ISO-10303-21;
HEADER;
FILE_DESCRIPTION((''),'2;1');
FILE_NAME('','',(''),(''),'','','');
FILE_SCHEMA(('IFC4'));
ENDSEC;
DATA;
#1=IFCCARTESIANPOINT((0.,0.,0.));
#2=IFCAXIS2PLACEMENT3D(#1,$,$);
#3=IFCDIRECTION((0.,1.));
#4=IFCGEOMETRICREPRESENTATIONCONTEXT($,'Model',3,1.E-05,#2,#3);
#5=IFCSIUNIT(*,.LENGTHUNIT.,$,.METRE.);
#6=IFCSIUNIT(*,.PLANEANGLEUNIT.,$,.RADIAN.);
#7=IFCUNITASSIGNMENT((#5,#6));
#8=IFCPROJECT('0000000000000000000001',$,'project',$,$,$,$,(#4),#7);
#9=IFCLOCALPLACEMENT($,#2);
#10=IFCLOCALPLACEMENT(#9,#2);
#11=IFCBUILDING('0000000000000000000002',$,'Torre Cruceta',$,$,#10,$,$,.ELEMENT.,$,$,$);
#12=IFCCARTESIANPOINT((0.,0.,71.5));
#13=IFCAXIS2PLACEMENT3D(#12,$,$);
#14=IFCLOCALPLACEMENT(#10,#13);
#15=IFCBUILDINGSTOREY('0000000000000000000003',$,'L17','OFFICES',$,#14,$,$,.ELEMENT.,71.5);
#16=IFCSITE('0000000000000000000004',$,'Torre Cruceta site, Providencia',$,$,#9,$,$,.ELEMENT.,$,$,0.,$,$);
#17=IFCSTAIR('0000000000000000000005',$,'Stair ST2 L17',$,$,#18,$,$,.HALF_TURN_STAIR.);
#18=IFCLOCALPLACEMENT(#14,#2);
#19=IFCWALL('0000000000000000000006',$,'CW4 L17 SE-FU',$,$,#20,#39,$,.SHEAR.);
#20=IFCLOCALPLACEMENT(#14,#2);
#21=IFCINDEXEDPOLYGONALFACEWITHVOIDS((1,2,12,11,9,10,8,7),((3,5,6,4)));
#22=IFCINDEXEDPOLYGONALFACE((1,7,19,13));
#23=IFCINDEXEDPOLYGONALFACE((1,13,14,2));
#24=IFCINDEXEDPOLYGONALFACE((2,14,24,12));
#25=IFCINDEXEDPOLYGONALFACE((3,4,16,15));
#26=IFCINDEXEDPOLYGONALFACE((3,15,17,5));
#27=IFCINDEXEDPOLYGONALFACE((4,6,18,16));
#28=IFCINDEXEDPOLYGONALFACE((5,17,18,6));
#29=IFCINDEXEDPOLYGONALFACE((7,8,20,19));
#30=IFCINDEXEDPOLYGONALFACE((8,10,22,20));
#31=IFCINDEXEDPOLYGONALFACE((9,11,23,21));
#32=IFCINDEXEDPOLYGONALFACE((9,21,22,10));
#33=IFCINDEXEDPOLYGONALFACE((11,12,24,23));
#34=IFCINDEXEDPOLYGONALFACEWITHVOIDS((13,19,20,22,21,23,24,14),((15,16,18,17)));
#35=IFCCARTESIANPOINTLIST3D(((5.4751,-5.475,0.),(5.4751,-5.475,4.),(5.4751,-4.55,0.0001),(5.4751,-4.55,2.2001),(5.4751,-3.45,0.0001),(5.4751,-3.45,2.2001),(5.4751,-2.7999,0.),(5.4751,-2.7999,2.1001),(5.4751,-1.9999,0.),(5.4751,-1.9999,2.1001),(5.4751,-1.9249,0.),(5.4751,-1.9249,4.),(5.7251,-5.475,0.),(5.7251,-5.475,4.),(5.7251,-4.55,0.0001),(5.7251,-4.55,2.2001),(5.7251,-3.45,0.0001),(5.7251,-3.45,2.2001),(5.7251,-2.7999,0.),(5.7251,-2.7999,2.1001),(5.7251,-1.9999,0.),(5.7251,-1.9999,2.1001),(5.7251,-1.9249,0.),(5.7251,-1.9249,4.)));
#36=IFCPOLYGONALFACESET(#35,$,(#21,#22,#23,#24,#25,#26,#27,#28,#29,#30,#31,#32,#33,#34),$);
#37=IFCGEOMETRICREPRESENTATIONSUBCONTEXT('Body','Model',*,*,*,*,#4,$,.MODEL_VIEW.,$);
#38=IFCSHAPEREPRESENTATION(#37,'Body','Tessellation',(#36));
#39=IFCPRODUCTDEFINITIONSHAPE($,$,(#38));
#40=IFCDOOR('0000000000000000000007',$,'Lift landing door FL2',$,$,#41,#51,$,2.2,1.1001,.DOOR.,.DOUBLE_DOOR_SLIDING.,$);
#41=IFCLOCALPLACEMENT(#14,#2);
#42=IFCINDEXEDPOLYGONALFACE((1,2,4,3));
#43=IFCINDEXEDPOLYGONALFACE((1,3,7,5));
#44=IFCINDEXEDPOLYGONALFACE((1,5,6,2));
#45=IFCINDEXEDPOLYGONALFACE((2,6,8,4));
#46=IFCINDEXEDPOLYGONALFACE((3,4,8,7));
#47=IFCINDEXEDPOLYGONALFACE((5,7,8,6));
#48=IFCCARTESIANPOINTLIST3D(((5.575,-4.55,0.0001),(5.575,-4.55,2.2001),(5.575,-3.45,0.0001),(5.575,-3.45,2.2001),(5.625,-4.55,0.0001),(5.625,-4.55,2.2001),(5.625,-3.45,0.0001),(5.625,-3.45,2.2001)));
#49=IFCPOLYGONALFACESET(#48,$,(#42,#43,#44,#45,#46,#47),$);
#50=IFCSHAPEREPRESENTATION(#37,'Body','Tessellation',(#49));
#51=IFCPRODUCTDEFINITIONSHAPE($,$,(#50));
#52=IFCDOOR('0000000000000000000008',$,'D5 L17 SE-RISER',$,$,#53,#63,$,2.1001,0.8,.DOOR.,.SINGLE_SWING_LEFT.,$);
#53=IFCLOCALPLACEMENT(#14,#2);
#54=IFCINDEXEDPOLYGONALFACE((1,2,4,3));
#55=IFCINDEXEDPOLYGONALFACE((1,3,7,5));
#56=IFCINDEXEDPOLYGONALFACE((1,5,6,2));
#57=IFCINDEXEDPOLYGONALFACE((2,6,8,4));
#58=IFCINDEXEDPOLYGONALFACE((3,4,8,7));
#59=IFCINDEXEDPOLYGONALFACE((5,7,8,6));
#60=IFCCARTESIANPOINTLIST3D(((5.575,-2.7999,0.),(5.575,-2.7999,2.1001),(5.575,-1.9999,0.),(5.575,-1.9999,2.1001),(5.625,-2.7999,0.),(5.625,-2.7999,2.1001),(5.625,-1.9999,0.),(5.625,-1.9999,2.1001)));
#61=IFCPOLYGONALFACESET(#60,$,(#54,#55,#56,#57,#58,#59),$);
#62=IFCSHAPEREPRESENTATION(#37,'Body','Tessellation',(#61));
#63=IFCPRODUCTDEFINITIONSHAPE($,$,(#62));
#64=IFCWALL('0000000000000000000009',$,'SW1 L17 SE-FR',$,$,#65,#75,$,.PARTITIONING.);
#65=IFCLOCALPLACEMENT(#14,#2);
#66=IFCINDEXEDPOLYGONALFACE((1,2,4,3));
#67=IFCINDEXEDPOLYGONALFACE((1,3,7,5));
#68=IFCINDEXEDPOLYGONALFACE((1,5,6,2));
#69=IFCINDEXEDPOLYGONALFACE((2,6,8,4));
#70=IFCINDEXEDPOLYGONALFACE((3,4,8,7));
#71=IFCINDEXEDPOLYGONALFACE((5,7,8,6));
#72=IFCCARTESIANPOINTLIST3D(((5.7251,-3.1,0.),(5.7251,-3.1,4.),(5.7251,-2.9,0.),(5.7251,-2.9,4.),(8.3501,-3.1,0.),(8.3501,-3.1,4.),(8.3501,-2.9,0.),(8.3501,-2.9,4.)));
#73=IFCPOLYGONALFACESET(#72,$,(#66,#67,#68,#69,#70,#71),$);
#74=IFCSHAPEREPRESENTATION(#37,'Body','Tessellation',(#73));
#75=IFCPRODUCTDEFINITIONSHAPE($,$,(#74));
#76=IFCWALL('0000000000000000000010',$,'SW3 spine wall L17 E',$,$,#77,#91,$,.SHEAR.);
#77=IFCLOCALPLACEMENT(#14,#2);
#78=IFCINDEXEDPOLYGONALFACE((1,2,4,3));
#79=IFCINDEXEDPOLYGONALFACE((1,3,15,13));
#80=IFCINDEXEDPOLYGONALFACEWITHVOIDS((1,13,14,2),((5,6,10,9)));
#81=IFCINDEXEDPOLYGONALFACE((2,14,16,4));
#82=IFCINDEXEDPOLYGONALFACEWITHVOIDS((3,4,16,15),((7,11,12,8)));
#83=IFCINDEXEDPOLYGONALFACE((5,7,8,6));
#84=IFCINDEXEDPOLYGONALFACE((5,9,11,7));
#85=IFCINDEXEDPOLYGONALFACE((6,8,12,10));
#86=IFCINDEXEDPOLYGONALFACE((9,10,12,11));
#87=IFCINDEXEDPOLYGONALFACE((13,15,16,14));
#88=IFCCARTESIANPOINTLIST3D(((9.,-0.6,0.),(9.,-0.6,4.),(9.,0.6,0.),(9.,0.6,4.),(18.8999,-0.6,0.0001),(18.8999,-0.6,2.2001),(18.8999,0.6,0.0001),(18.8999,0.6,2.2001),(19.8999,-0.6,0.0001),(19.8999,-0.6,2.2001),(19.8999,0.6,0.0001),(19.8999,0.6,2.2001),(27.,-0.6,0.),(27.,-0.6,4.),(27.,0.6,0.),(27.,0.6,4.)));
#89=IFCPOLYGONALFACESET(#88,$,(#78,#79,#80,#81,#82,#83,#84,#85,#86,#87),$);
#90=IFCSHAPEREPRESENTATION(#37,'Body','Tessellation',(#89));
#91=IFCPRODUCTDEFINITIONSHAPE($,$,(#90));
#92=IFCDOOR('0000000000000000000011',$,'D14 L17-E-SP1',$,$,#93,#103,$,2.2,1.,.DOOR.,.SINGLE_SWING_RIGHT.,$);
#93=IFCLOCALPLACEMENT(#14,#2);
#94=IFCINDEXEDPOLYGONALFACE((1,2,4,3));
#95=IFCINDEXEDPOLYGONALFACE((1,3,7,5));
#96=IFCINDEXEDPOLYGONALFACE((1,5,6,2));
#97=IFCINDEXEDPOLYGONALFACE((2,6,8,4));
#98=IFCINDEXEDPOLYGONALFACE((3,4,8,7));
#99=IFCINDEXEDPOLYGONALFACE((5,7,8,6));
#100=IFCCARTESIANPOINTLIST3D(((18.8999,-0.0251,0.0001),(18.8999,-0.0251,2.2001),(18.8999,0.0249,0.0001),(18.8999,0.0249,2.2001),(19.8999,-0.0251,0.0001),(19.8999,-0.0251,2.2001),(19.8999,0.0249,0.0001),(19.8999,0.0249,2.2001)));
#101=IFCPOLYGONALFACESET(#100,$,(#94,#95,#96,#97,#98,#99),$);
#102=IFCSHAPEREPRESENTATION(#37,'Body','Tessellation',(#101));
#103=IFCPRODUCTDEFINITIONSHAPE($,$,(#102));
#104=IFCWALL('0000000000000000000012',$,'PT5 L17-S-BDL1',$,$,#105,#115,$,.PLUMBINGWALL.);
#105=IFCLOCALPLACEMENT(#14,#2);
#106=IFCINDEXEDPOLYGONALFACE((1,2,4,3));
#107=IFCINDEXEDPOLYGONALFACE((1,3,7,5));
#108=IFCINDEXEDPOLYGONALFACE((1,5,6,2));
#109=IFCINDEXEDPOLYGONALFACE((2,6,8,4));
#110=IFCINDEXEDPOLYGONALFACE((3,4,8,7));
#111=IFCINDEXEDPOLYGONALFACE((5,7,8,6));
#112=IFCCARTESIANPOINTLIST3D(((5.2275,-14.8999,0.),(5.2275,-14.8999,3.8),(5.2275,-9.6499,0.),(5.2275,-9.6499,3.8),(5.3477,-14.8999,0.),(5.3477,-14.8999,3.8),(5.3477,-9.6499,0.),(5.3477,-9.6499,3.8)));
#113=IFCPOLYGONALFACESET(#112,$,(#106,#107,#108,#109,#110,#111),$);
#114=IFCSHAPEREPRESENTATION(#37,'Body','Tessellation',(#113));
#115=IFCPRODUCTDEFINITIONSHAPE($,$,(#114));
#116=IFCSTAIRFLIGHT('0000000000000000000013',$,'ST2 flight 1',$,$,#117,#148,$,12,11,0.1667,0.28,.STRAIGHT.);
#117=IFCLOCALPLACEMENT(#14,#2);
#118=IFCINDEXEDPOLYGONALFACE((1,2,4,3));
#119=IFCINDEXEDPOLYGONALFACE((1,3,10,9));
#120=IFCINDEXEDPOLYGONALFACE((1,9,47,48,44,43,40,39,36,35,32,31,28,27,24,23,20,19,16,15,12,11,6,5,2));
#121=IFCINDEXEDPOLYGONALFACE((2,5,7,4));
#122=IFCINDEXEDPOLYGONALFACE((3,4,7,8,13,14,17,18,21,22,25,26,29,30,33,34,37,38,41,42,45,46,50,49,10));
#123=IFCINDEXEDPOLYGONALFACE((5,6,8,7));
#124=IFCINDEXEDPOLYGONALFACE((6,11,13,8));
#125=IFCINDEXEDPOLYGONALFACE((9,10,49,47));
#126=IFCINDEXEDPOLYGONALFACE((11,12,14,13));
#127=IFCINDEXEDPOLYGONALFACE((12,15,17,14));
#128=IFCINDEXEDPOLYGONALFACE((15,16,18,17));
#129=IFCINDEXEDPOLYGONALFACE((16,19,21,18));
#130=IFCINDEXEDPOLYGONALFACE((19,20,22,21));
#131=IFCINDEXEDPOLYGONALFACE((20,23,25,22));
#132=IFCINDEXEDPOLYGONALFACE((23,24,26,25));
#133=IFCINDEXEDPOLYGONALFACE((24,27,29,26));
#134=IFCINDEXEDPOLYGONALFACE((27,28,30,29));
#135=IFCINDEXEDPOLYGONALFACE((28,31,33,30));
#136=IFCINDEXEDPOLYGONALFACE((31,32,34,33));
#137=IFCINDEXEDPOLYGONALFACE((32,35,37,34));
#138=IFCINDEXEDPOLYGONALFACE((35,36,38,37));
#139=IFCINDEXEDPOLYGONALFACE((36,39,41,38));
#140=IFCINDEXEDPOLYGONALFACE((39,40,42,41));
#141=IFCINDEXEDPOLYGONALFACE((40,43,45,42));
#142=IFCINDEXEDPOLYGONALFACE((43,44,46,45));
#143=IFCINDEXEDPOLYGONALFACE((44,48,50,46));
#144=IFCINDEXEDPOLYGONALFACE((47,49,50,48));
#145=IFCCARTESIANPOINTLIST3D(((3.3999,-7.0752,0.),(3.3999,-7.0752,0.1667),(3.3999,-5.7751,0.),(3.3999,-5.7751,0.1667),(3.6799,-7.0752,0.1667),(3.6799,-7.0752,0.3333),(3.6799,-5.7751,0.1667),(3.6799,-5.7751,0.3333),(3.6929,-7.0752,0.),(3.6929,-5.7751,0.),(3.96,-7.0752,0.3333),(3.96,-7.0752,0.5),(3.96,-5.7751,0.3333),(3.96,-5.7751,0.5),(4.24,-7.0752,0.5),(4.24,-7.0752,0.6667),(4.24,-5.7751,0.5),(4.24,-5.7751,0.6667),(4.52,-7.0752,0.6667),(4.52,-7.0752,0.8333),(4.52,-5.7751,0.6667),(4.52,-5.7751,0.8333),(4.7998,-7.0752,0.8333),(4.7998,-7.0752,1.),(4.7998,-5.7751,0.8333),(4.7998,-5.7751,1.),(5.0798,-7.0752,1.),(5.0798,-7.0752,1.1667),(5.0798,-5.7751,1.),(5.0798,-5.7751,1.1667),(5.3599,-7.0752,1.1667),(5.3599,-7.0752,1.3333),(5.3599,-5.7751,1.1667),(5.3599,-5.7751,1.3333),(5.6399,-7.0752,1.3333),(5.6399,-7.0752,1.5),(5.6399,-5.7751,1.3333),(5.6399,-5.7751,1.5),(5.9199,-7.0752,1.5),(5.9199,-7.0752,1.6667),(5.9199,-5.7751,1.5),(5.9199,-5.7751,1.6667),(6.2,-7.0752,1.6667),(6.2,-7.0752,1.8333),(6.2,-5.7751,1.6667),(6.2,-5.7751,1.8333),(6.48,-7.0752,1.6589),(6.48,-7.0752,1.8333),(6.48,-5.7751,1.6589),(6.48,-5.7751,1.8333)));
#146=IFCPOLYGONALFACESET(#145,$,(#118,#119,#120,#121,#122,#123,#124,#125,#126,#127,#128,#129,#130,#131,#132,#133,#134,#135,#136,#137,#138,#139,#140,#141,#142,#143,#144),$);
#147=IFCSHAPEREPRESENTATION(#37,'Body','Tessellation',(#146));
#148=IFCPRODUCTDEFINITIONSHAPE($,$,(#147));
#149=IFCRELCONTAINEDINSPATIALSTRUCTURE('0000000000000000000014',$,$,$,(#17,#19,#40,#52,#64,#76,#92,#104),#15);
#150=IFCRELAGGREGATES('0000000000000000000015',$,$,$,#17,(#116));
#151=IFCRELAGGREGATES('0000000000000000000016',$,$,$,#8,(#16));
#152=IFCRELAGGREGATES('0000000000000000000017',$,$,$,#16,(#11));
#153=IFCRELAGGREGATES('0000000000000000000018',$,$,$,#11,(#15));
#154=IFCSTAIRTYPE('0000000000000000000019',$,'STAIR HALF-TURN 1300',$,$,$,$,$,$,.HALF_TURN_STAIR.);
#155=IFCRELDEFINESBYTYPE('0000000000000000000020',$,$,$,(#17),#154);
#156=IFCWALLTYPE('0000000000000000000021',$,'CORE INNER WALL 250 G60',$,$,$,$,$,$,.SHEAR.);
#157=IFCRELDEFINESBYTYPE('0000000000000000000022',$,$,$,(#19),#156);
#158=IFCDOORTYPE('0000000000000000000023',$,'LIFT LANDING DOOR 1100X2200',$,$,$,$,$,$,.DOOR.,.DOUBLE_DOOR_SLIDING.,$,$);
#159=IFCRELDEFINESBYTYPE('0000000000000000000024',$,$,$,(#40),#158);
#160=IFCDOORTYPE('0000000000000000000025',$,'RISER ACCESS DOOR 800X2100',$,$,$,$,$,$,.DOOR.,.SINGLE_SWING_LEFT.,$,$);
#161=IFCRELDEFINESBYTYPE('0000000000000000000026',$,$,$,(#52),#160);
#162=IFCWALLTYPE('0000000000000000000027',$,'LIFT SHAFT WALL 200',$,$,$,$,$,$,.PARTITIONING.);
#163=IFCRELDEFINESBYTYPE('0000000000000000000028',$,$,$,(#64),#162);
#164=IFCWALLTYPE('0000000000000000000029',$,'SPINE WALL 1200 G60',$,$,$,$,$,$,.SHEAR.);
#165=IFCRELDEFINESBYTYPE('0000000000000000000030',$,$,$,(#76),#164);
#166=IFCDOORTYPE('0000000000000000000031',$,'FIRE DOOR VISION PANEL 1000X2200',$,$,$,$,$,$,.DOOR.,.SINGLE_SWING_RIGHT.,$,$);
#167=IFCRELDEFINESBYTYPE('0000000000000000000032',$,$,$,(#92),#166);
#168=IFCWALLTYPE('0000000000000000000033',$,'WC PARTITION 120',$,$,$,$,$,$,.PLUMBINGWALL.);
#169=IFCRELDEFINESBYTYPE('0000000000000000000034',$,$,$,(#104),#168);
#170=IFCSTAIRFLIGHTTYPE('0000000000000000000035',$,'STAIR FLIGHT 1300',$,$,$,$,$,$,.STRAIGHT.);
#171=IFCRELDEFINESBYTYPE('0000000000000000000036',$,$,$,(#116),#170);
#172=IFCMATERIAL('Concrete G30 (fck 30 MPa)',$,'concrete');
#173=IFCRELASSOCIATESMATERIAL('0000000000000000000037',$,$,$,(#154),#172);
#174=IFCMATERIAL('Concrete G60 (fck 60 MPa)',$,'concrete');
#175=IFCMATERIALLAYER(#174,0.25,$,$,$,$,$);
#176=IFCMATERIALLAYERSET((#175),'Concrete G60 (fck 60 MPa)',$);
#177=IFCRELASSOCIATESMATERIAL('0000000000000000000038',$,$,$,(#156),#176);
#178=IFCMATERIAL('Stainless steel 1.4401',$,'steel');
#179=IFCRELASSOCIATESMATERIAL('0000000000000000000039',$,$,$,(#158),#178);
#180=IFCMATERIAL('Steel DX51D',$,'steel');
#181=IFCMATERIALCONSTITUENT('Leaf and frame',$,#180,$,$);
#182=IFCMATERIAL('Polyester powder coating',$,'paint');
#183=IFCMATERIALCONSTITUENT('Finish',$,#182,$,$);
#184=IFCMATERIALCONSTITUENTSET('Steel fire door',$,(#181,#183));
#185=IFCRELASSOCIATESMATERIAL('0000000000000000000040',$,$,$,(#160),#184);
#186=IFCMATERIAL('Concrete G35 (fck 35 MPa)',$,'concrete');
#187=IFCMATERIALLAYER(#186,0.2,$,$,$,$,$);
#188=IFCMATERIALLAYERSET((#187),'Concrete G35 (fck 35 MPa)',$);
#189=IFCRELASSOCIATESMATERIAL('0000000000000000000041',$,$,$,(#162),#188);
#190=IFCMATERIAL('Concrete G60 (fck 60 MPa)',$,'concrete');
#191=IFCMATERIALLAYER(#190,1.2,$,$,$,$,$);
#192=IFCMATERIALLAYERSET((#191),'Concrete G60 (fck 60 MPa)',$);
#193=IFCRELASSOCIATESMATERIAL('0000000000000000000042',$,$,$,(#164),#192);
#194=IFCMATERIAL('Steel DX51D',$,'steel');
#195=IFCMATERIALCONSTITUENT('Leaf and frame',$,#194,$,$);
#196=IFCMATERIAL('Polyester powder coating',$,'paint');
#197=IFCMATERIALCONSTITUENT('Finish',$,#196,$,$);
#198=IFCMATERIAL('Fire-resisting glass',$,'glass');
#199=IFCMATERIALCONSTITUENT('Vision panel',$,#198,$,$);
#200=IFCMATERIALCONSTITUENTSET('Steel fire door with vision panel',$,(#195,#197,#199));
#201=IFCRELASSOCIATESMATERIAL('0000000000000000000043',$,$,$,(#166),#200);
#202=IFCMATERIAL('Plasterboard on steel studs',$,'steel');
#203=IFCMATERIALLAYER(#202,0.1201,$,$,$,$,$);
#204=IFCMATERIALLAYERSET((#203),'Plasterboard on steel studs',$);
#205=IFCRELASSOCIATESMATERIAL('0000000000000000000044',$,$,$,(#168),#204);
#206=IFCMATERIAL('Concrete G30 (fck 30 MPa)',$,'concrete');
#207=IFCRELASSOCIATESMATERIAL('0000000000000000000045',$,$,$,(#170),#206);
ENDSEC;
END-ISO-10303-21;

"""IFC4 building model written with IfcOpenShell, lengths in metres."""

from ifc_helpers import new_model, si_unit, direction, frame, frame_2d, origin, place, context, subcontext, project, spatial, polyline, rectangle, outline, extrude, material, layer, layer_set, constituent, constituent_set, type_object, element, fill, aggregate, save


model = new_model("IFC4")

# Units and contexts
model_context = context("Model", 3, precision=1e-05, world=origin(), true_north=direction((0.0, 1.0)))
body_context = subcontext(model_context, "Body", "Model", "MODEL_VIEW")
ifc_project = project(units=[si_unit("LENGTHUNIT", "METRE"), si_unit("PLANEANGLEUNIT", "RADIAN")], contexts=[model_context])

# Site, building, storey
site_placement = place(None, origin())
site = spatial("IfcSite", under=ifc_project, at=site_placement, Name="Torre Cruceta site, Providencia", CompositionType="ELEMENT", RefElevation=0.0)
building_placement = place(site_placement, origin())
building = spatial("IfcBuilding", under=site, at=building_placement, Name="Torre Cruceta", CompositionType="ELEMENT")
storey_placement = place(building_placement, frame((0.0, 0.0, 71.5)))
storey = spatial("IfcBuildingStorey", under=building, at=storey_placement, Name="L17", Description="OFFICES", CompositionType="ELEMENT", Elevation=71.5)

# Stair
ifc_material_1 = material(Name="Concrete G30 (fck 30 MPa)", Category="concrete")
stair_type = type_object("IfcStairType", Name="STAIR HALF-TURN 1300", PredefinedType="HALF_TURN_STAIR", material=ifc_material_1)
stair_placement = place(storey_placement, origin())
stair = element("IfcStair", 1, at=stair_placement, inside=storey, type_object=stair_type, Name="Stair ST2 L17", PredefinedType="HALF_TURN_STAIR")

# Shared definitions
ifc_material_2 = material(Name="Concrete G60 (fck 60 MPa)", Category="concrete")
ifc_layer_1 = layer(ifc_material_2, 0.25)
ifc_layer_set_1 = layer_set([ifc_layer_1], Name="Concrete G60 (fck 60 MPa)")
wall_type_1 = type_object("IfcWallType", Name="CORE INNER WALL 250 G60", PredefinedType="SHEAR", material=ifc_layer_set_1)

# Wall, openings, doors
wall_1_placement = place(storey_placement, frame((5.6001, -1.925, 0.0), z_axis=(0.0, 0.0, 1.0), x_axis=(0.0, -1.0, 0.0)))
wall_1 = element("IfcWall", 2, at=wall_1_placement, inside=storey, type_object=wall_type_1, Name="CW4 L17 SE-FU", PredefinedType="SHEAR", context=body_context, shape_type="SweptSolid", body=[
    extrude(rectangle(XDim=3.55, YDim=0.25, at=frame_2d((1.7749, 0.0))), origin(), (0.0, 0.0, 1.0), 4.0),
])
opening_1_placement = place(wall_1_placement, frame((1.5249, 0.0, 0.0)))
opening_1 = element("IfcOpeningElement", 3, at=opening_1_placement, cuts=wall_1, PredefinedType="OPENING", context=body_context, shape_type="SweptSolid", body=[
    extrude(rectangle(XDim=1.1001, YDim=2.2, at=frame_2d((0.55, 1.1001))), frame((0.0, 0.135, 0.0), z_axis=(0.0, -1.0, 0.0), x_axis=(1.0, 0.0, 0.0)), (0.0, 0.0, 1.0), 0.27),
])
opening_2_placement = place(wall_1_placement, frame((0.075, 0.0, 0.0)))
opening_2 = element("IfcOpeningElement", 4, at=opening_2_placement, cuts=wall_1, PredefinedType="OPENING", context=body_context, shape_type="SweptSolid", body=[
    extrude(rectangle(XDim=0.8, YDim=2.1001, at=frame_2d((0.3999, 1.05))), frame((0.0, 0.135, 0.0), z_axis=(0.0, -1.0, 0.0), x_axis=(1.0, 0.0, 0.0)), (0.0, 0.0, 1.0), 0.27),
])
ifc_material_3 = material(Name="Stainless steel 1.4401", Category="steel")
door_type_1 = type_object("IfcDoorType", Name="LIFT LANDING DOOR 1100X2200", OperationType="DOUBLE_DOOR_SLIDING", PredefinedType="DOOR", material=ifc_material_3)
door_1_placement = place(opening_1_placement, origin())
door_1 = element("IfcDoor", 5, at=door_1_placement, inside=storey, type_object=door_type_1, Name="Lift landing door FL2", OperationType="DOUBLE_DOOR_SLIDING", OverallHeight=2.2, OverallWidth=1.1001, PredefinedType="DOOR", context=body_context, shape_type="SweptSolid", body=[
    extrude(rectangle(XDim=1.1001, YDim=2.2, at=frame_2d((0.55, 1.1001))), frame((0.0, 0.0249, 0.0), z_axis=(0.0, -1.0, 0.0), x_axis=(1.0, 0.0, 0.0)), (0.0, 0.0, 1.0), 0.05),
])
fill(opening_1, door_1)
ifc_material_4 = material(Name="Steel DX51D", Category="steel")
ifc_constituent_1 = constituent(ifc_material_4, Name="Leaf and frame")
ifc_material_5 = material(Name="Polyester powder coating", Category="paint")
ifc_constituent_2 = constituent(ifc_material_5, Name="Finish")
ifc_constituent_set_1 = constituent_set(constituents=[ifc_constituent_1, ifc_constituent_2], Name="Steel fire door")
door_type_2 = type_object("IfcDoorType", Name="RISER ACCESS DOOR 800X2100", OperationType="SINGLE_SWING_LEFT", PredefinedType="DOOR", material=ifc_constituent_set_1)
door_2_placement = place(opening_2_placement, origin())
door_2 = element("IfcDoor", 6, at=door_2_placement, inside=storey, type_object=door_type_2, Name="D5 L17 SE-RISER", OperationType="SINGLE_SWING_LEFT", OverallHeight=2.1001, OverallWidth=0.8, PredefinedType="DOOR", context=body_context, shape_type="SweptSolid", body=[
    extrude(rectangle(XDim=0.8, YDim=2.1001, at=frame_2d((0.3999, 1.05))), frame((0.0, 0.0249, 0.0), z_axis=(0.0, -1.0, 0.0), x_axis=(1.0, 0.0, 0.0)), (0.0, 0.0, 1.0), 0.05),
])
fill(opening_2, door_2)

# Wall
ifc_material_6 = material(Name="Concrete G35 (fck 35 MPa)", Category="concrete")
ifc_layer_2 = layer(ifc_material_6, 0.2)
ifc_layer_set_2 = layer_set([ifc_layer_2], Name="Concrete G35 (fck 35 MPa)")
wall_type_2 = type_object("IfcWallType", Name="LIFT SHAFT WALL 200", PredefinedType="PARTITIONING", material=ifc_layer_set_2)
wall_2_placement = place(storey_placement, frame((5.7251, -3.0, 0.0), z_axis=(0.0, 0.0, 1.0), x_axis=(1.0, 0.0, 0.0)))
element("IfcWall", 7, at=wall_2_placement, inside=storey, type_object=wall_type_2, Name="SW1 L17 SE-FR", PredefinedType="PARTITIONING", context=body_context, shape_type="SweptSolid", body=[
    extrude(rectangle(XDim=2.625, YDim=0.2, at=frame_2d((1.3125, 0.0))), origin(), (0.0, 0.0, 1.0), 4.0),
])

# Wall, opening, door
ifc_material_7 = material(Name="Concrete G60 (fck 60 MPa)", Category="concrete")
ifc_layer_3 = layer(ifc_material_7, 1.2)
ifc_layer_set_3 = layer_set([ifc_layer_3], Name="Concrete G60 (fck 60 MPa)")
wall_type_3 = type_object("IfcWallType", Name="SPINE WALL 1200 G60", PredefinedType="SHEAR", material=ifc_layer_set_3)
wall_3_placement = place(storey_placement, frame((9.0, 0.0, 0.0), z_axis=(0.0, 0.0, 1.0), x_axis=(1.0, 0.0, 0.0)))
wall_3 = element("IfcWall", 8, at=wall_3_placement, inside=storey, type_object=wall_type_3, Name="SW3 spine wall L17 E", PredefinedType="SHEAR", context=body_context, shape_type="SweptSolid", body=[
    extrude(rectangle(XDim=18.0, YDim=1.2, at=frame_2d((9.0, 0.0))), origin(), (0.0, 0.0, 1.0), 4.0),
])
opening_3_placement = place(wall_3_placement, frame((9.8999, 0.0, 0.0)))
opening_3 = element("IfcOpeningElement", 9, at=opening_3_placement, cuts=wall_3, PredefinedType="OPENING", context=body_context, shape_type="SweptSolid", body=[
    extrude(rectangle(XDim=1.0, YDim=2.2, at=frame_2d((0.5, 1.1001))), frame((0.0, 0.6099, 0.0), z_axis=(0.0, -1.0, 0.0), x_axis=(1.0, 0.0, 0.0)), (0.0, 0.0, 1.0), 1.22),
])
ifc_material_8 = material(Name="Steel DX51D", Category="steel")
ifc_constituent_3 = constituent(ifc_material_8, Name="Leaf and frame")
ifc_material_9 = material(Name="Polyester powder coating", Category="paint")
ifc_constituent_4 = constituent(ifc_material_9, Name="Finish")
ifc_material_10 = material(Name="Fire-resisting glass", Category="glass")
ifc_constituent_5 = constituent(ifc_material_10, Name="Vision panel")
ifc_constituent_set_2 = constituent_set(constituents=[ifc_constituent_3, ifc_constituent_4, ifc_constituent_5], Name="Steel fire door with vision panel")
door_type_3 = type_object("IfcDoorType", Name="FIRE DOOR VISION PANEL 1000X2200", OperationType="SINGLE_SWING_RIGHT", PredefinedType="DOOR", material=ifc_constituent_set_2)
door_3_placement = place(opening_3_placement, origin())
door_3 = element("IfcDoor", 10, at=door_3_placement, inside=storey, type_object=door_type_3, Name="D14 L17-E-SP1", OperationType="SINGLE_SWING_RIGHT", OverallHeight=2.2, OverallWidth=1.0, PredefinedType="DOOR", context=body_context, shape_type="SweptSolid", body=[
    extrude(rectangle(XDim=1.0, YDim=2.2, at=frame_2d((0.5, 1.1001))), frame((0.0, 0.0249, 0.0), z_axis=(0.0, -1.0, 0.0), x_axis=(1.0, 0.0, 0.0)), (0.0, 0.0, 1.0), 0.05),
])
fill(opening_3, door_3)

# Wall
ifc_material_11 = material(Name="Plasterboard on steel studs", Category="steel")
ifc_layer_4 = layer(ifc_material_11, 0.1201)
ifc_layer_set_4 = layer_set([ifc_layer_4], Name="Plasterboard on steel studs")
wall_type_4 = type_object("IfcWallType", Name="WC PARTITION 120", PredefinedType="PLUMBINGWALL", material=ifc_layer_set_4)
wall_4_placement = place(storey_placement, frame((5.2876, -9.6499, 0.0), z_axis=(0.0, 0.0, 1.0), x_axis=(0.0, -1.0, 0.0)))
element("IfcWall", 11, at=wall_4_placement, inside=storey, type_object=wall_type_4, Name="PT5 L17-S-BDL1", PredefinedType="PLUMBINGWALL", context=body_context, shape_type="SweptSolid", body=[
    extrude(rectangle(XDim=5.25, YDim=0.1201, at=frame_2d((2.625, 0.0))), origin(), (0.0, 0.0, 1.0), 3.8),
])

# Stair flight
ifc_material_12 = material(Name="Concrete G30 (fck 30 MPa)", Category="concrete")
stair_flight_type = type_object("IfcStairFlightType", Name="STAIR FLIGHT 1300", PredefinedType="STRAIGHT", material=ifc_material_12)
stair_flight_1_placement = place(storey_placement, frame((3.3999, -6.425, 0.0), z_axis=(0.0, 0.0, 1.0), x_axis=(1.0, 0.0, 0.0)))
stair_flight_1 = element("IfcStairFlight", 12, at=stair_flight_1_placement, type_object=stair_flight_type, Name="ST2 flight 1", NumberOfRisers=12, NumberOfTreads=11, PredefinedType="STRAIGHT", RiserHeight=0.1667, TreadLength=0.28, context=body_context, shape_type="SweptSolid", body=[
    extrude(outline(polyline([(0.0, 0.0), (0.0, 0.1667), (0.28, 0.1667), (0.28, 0.3333), (0.5601, 0.3333), (0.5601, 0.5), (0.8401, 0.5), (0.8401, 0.6667), (1.1201, 0.6667), (1.1201, 0.8333), (1.3999, 0.8333), (1.3999, 1.0), (1.6799, 1.0), (1.6799, 1.1667), (1.96, 1.1667), (1.96, 1.3333), (2.24, 1.3333), (2.24, 1.5), (2.52, 1.5), (2.52, 1.6667), (2.8, 1.6667), (2.8, 1.8333), (3.0801, 1.8333), (3.0801, 2.0), (3.0801, 1.6589), (0.293, 0.0), (0.0, 0.0)])), frame((0.0, 0.6499, 0.0), z_axis=(0.0, -1.0, 0.0), x_axis=(1.0, 0.0, 0.0)), (0.0, 0.0, 1.0), 1.3),
])
aggregate(stair, [stair_flight_1])

save(model, "model.ifc")
